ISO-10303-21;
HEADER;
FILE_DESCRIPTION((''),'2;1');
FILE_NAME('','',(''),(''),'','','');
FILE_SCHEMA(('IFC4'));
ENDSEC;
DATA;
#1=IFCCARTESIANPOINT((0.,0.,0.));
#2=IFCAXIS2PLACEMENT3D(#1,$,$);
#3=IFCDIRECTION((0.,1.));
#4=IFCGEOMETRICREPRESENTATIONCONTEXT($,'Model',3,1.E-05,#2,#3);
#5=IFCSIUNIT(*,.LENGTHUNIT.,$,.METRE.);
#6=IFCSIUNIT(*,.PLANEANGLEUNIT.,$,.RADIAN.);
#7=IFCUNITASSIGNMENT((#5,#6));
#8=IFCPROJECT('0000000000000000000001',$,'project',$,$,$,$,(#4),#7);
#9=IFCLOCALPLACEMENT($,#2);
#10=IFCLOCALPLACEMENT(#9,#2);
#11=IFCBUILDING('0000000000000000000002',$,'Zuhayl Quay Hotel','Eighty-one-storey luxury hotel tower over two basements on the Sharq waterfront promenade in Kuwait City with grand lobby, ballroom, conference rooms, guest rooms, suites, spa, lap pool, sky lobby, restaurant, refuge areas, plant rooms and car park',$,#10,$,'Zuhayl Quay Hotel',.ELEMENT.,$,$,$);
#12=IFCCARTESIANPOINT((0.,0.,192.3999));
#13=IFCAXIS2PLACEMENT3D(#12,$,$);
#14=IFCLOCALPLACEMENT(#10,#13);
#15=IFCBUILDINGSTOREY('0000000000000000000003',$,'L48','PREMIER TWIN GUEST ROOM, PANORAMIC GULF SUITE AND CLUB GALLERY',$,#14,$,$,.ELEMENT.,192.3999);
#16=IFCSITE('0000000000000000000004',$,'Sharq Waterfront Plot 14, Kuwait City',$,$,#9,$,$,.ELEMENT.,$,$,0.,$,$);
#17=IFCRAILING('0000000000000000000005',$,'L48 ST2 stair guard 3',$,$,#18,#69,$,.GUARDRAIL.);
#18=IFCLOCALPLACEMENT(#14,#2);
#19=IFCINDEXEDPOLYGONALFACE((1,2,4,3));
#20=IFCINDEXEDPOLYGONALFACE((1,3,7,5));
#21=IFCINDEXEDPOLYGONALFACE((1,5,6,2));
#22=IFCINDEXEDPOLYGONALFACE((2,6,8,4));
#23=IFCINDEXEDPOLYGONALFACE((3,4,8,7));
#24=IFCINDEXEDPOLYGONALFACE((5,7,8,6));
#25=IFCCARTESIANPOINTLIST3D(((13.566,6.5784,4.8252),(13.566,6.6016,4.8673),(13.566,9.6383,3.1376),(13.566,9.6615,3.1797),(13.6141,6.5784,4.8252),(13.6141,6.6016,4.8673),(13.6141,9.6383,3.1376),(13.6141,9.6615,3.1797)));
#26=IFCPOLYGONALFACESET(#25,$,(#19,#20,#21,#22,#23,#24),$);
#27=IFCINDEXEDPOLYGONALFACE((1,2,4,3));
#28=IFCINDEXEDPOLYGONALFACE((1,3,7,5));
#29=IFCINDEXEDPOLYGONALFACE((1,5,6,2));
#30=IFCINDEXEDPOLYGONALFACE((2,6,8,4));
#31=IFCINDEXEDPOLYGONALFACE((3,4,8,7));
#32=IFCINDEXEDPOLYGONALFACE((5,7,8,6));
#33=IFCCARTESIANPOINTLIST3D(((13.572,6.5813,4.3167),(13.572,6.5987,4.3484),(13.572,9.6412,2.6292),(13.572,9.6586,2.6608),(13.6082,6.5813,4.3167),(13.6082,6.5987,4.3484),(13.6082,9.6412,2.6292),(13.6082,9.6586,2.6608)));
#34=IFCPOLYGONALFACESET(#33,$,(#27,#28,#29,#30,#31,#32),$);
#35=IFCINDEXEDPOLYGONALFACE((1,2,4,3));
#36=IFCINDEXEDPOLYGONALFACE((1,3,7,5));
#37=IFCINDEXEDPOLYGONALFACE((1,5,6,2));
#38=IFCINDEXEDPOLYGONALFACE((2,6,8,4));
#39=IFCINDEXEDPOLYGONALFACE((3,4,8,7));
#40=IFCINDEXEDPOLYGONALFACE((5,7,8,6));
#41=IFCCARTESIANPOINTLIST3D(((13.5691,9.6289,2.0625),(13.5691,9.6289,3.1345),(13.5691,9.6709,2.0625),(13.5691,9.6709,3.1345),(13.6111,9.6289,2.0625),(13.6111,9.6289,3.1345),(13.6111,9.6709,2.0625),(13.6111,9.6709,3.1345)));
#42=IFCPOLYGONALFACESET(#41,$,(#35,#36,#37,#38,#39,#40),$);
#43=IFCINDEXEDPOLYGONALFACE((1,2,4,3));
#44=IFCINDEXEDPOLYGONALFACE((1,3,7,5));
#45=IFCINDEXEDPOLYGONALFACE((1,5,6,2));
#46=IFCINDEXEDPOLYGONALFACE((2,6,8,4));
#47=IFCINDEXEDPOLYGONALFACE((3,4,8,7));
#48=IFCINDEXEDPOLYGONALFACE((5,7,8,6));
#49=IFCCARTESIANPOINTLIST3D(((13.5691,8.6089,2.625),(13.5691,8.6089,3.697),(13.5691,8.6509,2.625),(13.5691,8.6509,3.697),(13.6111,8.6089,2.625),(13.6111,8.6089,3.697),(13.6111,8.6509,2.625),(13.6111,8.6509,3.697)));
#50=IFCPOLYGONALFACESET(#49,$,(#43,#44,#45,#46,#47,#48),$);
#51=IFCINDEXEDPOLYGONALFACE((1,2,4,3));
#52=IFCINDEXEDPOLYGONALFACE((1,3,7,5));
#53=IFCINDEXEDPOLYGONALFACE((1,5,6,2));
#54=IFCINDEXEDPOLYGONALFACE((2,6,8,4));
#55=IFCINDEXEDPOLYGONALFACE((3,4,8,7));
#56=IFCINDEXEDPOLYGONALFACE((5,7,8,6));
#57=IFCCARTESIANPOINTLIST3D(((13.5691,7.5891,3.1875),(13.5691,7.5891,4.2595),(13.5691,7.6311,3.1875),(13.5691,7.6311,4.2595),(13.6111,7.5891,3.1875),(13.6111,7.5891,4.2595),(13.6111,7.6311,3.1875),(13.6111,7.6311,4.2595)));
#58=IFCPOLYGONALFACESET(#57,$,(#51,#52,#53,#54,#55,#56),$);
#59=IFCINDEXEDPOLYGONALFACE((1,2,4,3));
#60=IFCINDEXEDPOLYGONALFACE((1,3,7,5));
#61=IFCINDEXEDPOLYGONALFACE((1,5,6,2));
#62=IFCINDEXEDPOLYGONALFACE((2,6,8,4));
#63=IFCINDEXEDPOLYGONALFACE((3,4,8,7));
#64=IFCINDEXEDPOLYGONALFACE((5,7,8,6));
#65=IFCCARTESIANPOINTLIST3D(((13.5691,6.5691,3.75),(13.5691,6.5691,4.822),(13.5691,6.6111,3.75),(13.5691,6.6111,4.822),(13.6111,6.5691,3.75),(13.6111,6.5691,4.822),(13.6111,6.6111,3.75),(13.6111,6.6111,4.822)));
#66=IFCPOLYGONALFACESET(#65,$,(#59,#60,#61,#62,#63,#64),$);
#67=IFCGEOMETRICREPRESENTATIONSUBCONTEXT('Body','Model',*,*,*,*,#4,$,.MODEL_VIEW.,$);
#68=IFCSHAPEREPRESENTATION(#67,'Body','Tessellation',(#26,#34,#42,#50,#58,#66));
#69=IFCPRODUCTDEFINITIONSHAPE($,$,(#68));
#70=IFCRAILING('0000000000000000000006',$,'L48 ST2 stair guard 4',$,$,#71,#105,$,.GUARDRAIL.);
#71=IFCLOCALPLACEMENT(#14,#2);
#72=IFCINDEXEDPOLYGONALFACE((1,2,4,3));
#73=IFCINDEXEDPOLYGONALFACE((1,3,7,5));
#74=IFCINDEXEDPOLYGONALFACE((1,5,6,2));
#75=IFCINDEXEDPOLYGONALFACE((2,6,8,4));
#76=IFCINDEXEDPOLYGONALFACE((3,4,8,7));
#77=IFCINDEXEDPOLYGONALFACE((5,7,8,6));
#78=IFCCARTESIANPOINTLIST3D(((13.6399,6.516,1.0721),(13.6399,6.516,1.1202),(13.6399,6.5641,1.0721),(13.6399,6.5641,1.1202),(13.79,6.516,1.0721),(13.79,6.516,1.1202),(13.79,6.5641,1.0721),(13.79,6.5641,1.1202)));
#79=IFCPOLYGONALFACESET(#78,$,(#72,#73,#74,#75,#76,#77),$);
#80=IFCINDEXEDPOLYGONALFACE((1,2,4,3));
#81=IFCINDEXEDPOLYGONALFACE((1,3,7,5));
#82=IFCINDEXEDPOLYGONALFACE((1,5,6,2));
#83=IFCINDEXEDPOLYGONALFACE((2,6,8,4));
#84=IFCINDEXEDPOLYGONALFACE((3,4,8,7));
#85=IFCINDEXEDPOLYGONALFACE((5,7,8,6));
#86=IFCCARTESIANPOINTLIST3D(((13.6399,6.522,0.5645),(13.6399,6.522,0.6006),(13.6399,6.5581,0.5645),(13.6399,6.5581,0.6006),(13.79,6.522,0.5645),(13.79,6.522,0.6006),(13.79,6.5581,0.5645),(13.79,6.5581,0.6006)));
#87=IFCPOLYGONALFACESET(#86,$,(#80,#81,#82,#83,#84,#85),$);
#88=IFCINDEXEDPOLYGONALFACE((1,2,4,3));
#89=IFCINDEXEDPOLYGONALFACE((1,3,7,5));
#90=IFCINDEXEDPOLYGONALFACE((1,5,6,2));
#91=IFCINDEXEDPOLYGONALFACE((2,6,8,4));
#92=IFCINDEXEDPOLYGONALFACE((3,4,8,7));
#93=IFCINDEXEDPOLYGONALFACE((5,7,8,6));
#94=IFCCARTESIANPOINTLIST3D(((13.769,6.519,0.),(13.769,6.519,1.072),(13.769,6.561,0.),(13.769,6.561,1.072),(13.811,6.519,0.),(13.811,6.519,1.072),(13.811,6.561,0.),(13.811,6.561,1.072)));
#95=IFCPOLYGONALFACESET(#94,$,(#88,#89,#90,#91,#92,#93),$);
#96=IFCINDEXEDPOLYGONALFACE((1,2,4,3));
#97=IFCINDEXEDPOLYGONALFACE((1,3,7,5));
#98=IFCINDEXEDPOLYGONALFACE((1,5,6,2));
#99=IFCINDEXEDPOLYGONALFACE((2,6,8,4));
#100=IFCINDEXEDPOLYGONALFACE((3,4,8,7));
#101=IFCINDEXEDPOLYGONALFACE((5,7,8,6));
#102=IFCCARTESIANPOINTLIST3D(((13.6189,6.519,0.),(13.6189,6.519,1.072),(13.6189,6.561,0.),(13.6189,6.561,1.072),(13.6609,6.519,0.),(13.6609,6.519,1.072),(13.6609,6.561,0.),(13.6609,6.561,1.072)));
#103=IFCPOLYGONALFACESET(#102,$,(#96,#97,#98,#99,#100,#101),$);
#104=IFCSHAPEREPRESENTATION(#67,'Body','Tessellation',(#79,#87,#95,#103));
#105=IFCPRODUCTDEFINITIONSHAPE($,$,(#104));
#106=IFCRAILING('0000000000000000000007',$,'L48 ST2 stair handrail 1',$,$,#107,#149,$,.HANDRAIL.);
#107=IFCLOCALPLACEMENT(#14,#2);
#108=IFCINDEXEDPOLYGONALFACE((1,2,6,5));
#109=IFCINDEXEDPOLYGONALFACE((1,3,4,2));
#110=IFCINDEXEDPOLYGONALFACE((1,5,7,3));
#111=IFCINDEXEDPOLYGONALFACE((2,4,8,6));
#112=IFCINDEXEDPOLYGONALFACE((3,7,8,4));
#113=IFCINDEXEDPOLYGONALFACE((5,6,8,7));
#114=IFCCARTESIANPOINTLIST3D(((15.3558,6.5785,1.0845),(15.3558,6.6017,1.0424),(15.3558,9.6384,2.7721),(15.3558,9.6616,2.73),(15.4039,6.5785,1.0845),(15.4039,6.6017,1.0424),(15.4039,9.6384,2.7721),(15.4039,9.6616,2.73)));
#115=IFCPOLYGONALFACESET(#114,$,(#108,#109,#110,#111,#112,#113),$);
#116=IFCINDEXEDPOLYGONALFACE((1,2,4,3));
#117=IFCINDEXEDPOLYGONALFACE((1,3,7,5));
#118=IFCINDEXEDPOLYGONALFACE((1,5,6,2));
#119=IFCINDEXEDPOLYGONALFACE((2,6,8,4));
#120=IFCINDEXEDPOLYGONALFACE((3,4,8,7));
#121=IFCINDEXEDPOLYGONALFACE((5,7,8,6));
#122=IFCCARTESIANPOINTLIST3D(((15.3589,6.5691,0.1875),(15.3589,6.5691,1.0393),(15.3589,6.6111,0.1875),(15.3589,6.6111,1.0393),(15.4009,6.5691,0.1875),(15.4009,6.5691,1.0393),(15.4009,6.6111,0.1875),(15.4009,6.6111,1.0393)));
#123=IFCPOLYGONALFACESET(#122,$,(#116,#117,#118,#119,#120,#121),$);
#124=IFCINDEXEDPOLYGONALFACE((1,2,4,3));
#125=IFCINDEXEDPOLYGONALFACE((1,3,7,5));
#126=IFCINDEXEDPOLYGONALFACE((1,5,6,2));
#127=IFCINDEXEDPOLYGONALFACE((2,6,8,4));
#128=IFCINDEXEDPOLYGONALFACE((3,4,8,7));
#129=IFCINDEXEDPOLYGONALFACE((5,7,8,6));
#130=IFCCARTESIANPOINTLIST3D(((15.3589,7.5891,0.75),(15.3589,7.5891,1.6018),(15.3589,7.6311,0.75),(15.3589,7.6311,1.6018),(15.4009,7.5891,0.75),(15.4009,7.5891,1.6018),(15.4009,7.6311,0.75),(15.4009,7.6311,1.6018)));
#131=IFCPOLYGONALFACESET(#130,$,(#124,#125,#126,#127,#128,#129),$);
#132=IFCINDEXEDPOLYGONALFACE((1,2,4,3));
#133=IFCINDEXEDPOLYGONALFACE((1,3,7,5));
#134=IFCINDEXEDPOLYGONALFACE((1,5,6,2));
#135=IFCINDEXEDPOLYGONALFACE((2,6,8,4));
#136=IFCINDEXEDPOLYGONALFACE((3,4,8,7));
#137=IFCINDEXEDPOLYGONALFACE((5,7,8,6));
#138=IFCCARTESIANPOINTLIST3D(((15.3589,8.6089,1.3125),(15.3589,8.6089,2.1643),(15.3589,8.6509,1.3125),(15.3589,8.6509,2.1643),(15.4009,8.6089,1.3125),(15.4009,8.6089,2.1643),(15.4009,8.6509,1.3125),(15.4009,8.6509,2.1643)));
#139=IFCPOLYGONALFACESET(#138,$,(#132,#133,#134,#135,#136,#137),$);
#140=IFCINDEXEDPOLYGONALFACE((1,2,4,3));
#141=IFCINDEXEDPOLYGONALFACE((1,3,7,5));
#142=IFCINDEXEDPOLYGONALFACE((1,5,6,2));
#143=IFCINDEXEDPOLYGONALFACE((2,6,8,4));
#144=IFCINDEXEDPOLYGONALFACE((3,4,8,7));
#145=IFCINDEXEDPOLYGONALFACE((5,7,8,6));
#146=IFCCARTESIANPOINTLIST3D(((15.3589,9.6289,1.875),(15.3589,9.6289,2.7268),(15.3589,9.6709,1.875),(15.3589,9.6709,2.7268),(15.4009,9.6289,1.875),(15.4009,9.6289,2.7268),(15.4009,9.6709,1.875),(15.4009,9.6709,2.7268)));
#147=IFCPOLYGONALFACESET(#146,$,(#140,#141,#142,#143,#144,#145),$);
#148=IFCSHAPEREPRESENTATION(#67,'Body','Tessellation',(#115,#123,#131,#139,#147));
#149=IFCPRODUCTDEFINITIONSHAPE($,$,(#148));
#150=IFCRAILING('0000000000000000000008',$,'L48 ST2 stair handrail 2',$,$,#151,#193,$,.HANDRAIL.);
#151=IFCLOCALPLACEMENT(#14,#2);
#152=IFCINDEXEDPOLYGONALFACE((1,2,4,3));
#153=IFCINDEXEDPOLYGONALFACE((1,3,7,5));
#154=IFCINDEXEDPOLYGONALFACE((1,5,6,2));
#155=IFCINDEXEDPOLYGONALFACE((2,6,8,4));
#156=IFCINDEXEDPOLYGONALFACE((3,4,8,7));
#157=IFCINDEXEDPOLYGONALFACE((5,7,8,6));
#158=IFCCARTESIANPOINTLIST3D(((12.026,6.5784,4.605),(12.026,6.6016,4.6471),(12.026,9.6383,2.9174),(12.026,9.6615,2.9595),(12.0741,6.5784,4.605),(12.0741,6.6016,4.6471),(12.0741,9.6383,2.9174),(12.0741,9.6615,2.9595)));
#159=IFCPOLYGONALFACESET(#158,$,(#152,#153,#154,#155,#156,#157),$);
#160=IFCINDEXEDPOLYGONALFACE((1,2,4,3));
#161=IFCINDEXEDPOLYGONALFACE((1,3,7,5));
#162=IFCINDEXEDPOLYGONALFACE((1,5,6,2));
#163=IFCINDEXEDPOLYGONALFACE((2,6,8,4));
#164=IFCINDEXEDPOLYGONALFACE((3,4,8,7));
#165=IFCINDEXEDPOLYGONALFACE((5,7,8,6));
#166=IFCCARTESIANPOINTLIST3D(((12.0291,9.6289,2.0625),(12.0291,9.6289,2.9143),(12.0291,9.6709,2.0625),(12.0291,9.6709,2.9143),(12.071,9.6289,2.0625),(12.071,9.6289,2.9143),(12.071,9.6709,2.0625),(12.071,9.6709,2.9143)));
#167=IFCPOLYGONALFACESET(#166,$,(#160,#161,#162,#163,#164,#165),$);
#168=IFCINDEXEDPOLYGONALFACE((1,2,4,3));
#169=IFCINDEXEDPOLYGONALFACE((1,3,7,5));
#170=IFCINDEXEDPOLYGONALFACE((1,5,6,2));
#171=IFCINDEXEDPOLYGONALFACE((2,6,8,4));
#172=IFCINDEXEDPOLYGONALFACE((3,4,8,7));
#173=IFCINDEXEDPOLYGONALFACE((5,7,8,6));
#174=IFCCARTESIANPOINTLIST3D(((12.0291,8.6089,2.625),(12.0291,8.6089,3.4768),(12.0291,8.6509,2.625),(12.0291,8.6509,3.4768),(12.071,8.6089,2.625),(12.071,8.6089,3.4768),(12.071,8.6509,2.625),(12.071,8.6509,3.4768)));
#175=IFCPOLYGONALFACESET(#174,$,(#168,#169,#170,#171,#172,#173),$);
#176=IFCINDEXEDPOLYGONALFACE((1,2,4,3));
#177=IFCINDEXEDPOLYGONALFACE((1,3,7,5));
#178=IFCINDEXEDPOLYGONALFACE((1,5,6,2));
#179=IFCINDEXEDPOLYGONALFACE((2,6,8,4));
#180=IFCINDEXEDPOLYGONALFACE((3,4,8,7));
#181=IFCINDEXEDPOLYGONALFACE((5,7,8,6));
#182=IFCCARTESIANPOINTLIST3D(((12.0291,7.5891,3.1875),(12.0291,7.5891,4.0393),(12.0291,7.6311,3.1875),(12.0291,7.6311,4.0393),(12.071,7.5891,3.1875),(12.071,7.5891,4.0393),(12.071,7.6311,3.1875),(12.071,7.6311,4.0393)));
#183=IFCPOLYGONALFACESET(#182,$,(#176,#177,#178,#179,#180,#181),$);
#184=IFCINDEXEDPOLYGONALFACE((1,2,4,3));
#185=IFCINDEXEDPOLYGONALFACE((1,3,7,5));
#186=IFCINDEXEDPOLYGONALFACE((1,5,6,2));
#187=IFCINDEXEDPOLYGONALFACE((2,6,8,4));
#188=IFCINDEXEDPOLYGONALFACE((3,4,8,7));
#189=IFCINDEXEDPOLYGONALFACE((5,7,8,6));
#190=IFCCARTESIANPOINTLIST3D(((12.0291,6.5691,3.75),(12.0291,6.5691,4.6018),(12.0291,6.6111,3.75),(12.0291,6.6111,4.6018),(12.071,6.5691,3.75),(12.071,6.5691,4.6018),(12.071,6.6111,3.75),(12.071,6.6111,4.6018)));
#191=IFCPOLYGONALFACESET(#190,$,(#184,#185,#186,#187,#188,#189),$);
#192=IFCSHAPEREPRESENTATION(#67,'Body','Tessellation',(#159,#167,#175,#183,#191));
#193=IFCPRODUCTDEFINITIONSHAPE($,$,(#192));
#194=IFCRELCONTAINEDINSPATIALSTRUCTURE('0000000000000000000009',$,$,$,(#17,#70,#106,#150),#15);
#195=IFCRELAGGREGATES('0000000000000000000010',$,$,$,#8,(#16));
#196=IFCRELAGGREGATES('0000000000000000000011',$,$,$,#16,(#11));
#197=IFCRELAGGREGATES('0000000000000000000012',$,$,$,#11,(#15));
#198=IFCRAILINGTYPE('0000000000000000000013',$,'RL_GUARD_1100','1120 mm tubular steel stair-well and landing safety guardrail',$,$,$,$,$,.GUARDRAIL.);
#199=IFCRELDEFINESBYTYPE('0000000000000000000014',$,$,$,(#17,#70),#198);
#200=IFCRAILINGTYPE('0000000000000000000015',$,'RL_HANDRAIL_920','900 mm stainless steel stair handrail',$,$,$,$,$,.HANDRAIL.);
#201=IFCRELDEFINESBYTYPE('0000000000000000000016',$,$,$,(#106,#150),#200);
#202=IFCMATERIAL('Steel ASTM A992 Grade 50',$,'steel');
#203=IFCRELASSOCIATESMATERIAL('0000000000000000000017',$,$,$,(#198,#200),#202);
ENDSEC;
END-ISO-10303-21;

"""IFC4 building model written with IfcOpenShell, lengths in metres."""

from ifc_helpers import new_model, si_unit, direction, frame, origin, origin_2d, place, context, subcontext, project, spatial, rectangle, extrude, material, type_object, element, save


model = new_model("IFC4")

# Units and contexts
model_context = context("Model", 3, precision=1e-05, world=origin(), true_north=direction((0.0, 1.0)))
body_context = subcontext(model_context, "Body", "Model", "MODEL_VIEW")
ifc_project = project(units=[si_unit("LENGTHUNIT", "METRE"), si_unit("PLANEANGLEUNIT", "RADIAN")], contexts=[model_context])

# Site, building, storey
site_placement = place(None, origin())
site = spatial("IfcSite", under=ifc_project, at=site_placement, Name="Sharq Waterfront Plot 14, Kuwait City", CompositionType="ELEMENT", RefElevation=0.0)
building_placement = place(site_placement, origin())
building = spatial("IfcBuilding", under=site, at=building_placement, Name="Zuhayl Quay Hotel", Description="Eighty-one-storey luxury hotel tower over two basements on the Sharq waterfront promenade in Kuwait City with grand lobby, ballroom, conference rooms, guest rooms, suites, spa, lap pool, sky lobby, restaurant, refuge areas, plant rooms and car park", LongName="Zuhayl Quay Hotel", CompositionType="ELEMENT")
storey_placement = place(building_placement, frame((0.0, 0.0, 192.3999)))
storey = spatial("IfcBuildingStorey", under=building, at=storey_placement, Name="L48", Description="PREMIER TWIN GUEST ROOM, PANORAMIC GULF SUITE AND CLUB GALLERY", CompositionType="ELEMENT", Elevation=192.3999)

# Shared definitions
ifc_material_1 = material(Name="Steel ASTM A992 Grade 50", Category="steel")

# Railings
railing_type_1 = type_object("IfcRailingType", Name="RL_GUARD_1100", Description="1120 mm tubular steel stair-well and landing safety guardrail", PredefinedType="GUARDRAIL", material=ifc_material_1)
railing_1_placement = place(storey_placement, frame((13.5901, 9.6499, 2.0625)))
element("IfcRailing", 1, at=railing_1_placement, inside=storey, type_object=railing_type_1, Name="L48 ST2 stair guard 3", PredefinedType="GUARDRAIL", context=body_context, shape_type="SweptSolid", body=[
    extrude(rectangle(XDim=0.0481, YDim=0.0481, at=origin_2d()), frame((0.0, 0.0, 1.0962), z_axis=(0.0, -0.875659, 0.48293), x_axis=(1.0, 0.0, 0.0)), (0.0, 0.0, 1.0), 3.4944),
    extrude(rectangle(XDim=0.0361, YDim=0.0361, at=origin_2d()), frame((0.0, 0.0, 0.5825), z_axis=(0.0, -0.875659, 0.48293), x_axis=(1.0, 0.0, 0.0)), (0.0, 0.0, 1.0), 3.4944),
    extrude(rectangle(XDim=0.042, YDim=0.042, at=origin_2d()), origin(), (0.0, 0.0, 1.0), 1.072),
    extrude(rectangle(XDim=0.042, YDim=0.042, at=origin_2d()), frame((0.0, -1.02, 0.5625)), (0.0, 0.0, 1.0), 1.072),
    extrude(rectangle(XDim=0.042, YDim=0.042, at=origin_2d()), frame((0.0, -2.0398, 1.125)), (0.0, 0.0, 1.0), 1.072),
    extrude(rectangle(XDim=0.042, YDim=0.042, at=origin_2d()), frame((0.0, -3.0598, 1.6875)), (0.0, 0.0, 1.0), 1.072),
])
railing_2_placement = place(storey_placement, frame((13.79, 6.54, 0.0)))
element("IfcRailing", 2, at=railing_2_placement, inside=storey, type_object=railing_type_1, Name="L48 ST2 stair guard 4", PredefinedType="GUARDRAIL", context=body_context, shape_type="SweptSolid", body=[
    extrude(rectangle(XDim=0.0481, YDim=0.0481, at=origin_2d()), frame((0.0, 0.0, 1.0962), z_axis=(-1.0, 0.0, 0.0), x_axis=(0.0, -1.0, 0.0)), (0.0, 0.0, 1.0), 0.1501),
    extrude(rectangle(XDim=0.0361, YDim=0.0361, at=origin_2d()), frame((0.0, 0.0, 0.5825), z_axis=(-1.0, 0.0, 0.0), x_axis=(0.0, -1.0, 0.0)), (0.0, 0.0, 1.0), 0.1501),
    extrude(rectangle(XDim=0.042, YDim=0.042, at=origin_2d()), origin(), (0.0, 0.0, 1.0), 1.072),
    extrude(rectangle(XDim=0.042, YDim=0.042, at=origin_2d()), frame((-0.1501, 0.0, 0.0)), (0.0, 0.0, 1.0), 1.072),
])
railing_type_2 = type_object("IfcRailingType", Name="RL_HANDRAIL_920", Description="900 mm stainless steel stair handrail", PredefinedType="HANDRAIL", material=ifc_material_1)
railing_3_placement = place(storey_placement, frame((15.3799, 6.5901, 0.1875)))
element("IfcRailing", 3, at=railing_3_placement, inside=storey, type_object=railing_type_2, Name="L48 ST2 stair handrail 1", PredefinedType="HANDRAIL", context=body_context, shape_type="SweptSolid", body=[
    extrude(rectangle(XDim=0.0481, YDim=0.0481, at=origin_2d()), frame((0.0, 0.0, 0.876), z_axis=(0.0, 0.875659, 0.48293), x_axis=(-1.0, 0.0, 0.0)), (0.0, 0.0, 1.0), 3.4944),
    extrude(rectangle(XDim=0.042, YDim=0.042, at=origin_2d()), origin(), (0.0, 0.0, 1.0), 0.8518),
    extrude(rectangle(XDim=0.042, YDim=0.042, at=origin_2d()), frame((0.0, 1.02, 0.5625)), (0.0, 0.0, 1.0), 0.8518),
    extrude(rectangle(XDim=0.042, YDim=0.042, at=origin_2d()), frame((0.0, 2.0398, 1.125)), (0.0, 0.0, 1.0), 0.8518),
    extrude(rectangle(XDim=0.042, YDim=0.042, at=origin_2d()), frame((0.0, 3.0598, 1.6875)), (0.0, 0.0, 1.0), 0.8518),
])
railing_4_placement = place(storey_placement, frame((12.05, 9.6499, 2.0625)))
element("IfcRailing", 4, at=railing_4_placement, inside=storey, type_object=railing_type_2, Name="L48 ST2 stair handrail 2", PredefinedType="HANDRAIL", context=body_context, shape_type="SweptSolid", body=[
    extrude(rectangle(XDim=0.0481, YDim=0.0481, at=origin_2d()), frame((0.0, 0.0, 0.876), z_axis=(0.0, -0.875659, 0.48293), x_axis=(1.0, 0.0, 0.0)), (0.0, 0.0, 1.0), 3.4944),
    extrude(rectangle(XDim=0.042, YDim=0.042, at=origin_2d()), origin(), (0.0, 0.0, 1.0), 0.8518),
    extrude(rectangle(XDim=0.042, YDim=0.042, at=origin_2d()), frame((0.0, -1.02, 0.5625)), (0.0, 0.0, 1.0), 0.8518),
    extrude(rectangle(XDim=0.042, YDim=0.042, at=origin_2d()), frame((0.0, -2.0398, 1.125)), (0.0, 0.0, 1.0), 0.8518),
    extrude(rectangle(XDim=0.042, YDim=0.042, at=origin_2d()), frame((0.0, -3.0598, 1.6875)), (0.0, 0.0, 1.0), 0.8518),
])

save(model, "model.ifc")
